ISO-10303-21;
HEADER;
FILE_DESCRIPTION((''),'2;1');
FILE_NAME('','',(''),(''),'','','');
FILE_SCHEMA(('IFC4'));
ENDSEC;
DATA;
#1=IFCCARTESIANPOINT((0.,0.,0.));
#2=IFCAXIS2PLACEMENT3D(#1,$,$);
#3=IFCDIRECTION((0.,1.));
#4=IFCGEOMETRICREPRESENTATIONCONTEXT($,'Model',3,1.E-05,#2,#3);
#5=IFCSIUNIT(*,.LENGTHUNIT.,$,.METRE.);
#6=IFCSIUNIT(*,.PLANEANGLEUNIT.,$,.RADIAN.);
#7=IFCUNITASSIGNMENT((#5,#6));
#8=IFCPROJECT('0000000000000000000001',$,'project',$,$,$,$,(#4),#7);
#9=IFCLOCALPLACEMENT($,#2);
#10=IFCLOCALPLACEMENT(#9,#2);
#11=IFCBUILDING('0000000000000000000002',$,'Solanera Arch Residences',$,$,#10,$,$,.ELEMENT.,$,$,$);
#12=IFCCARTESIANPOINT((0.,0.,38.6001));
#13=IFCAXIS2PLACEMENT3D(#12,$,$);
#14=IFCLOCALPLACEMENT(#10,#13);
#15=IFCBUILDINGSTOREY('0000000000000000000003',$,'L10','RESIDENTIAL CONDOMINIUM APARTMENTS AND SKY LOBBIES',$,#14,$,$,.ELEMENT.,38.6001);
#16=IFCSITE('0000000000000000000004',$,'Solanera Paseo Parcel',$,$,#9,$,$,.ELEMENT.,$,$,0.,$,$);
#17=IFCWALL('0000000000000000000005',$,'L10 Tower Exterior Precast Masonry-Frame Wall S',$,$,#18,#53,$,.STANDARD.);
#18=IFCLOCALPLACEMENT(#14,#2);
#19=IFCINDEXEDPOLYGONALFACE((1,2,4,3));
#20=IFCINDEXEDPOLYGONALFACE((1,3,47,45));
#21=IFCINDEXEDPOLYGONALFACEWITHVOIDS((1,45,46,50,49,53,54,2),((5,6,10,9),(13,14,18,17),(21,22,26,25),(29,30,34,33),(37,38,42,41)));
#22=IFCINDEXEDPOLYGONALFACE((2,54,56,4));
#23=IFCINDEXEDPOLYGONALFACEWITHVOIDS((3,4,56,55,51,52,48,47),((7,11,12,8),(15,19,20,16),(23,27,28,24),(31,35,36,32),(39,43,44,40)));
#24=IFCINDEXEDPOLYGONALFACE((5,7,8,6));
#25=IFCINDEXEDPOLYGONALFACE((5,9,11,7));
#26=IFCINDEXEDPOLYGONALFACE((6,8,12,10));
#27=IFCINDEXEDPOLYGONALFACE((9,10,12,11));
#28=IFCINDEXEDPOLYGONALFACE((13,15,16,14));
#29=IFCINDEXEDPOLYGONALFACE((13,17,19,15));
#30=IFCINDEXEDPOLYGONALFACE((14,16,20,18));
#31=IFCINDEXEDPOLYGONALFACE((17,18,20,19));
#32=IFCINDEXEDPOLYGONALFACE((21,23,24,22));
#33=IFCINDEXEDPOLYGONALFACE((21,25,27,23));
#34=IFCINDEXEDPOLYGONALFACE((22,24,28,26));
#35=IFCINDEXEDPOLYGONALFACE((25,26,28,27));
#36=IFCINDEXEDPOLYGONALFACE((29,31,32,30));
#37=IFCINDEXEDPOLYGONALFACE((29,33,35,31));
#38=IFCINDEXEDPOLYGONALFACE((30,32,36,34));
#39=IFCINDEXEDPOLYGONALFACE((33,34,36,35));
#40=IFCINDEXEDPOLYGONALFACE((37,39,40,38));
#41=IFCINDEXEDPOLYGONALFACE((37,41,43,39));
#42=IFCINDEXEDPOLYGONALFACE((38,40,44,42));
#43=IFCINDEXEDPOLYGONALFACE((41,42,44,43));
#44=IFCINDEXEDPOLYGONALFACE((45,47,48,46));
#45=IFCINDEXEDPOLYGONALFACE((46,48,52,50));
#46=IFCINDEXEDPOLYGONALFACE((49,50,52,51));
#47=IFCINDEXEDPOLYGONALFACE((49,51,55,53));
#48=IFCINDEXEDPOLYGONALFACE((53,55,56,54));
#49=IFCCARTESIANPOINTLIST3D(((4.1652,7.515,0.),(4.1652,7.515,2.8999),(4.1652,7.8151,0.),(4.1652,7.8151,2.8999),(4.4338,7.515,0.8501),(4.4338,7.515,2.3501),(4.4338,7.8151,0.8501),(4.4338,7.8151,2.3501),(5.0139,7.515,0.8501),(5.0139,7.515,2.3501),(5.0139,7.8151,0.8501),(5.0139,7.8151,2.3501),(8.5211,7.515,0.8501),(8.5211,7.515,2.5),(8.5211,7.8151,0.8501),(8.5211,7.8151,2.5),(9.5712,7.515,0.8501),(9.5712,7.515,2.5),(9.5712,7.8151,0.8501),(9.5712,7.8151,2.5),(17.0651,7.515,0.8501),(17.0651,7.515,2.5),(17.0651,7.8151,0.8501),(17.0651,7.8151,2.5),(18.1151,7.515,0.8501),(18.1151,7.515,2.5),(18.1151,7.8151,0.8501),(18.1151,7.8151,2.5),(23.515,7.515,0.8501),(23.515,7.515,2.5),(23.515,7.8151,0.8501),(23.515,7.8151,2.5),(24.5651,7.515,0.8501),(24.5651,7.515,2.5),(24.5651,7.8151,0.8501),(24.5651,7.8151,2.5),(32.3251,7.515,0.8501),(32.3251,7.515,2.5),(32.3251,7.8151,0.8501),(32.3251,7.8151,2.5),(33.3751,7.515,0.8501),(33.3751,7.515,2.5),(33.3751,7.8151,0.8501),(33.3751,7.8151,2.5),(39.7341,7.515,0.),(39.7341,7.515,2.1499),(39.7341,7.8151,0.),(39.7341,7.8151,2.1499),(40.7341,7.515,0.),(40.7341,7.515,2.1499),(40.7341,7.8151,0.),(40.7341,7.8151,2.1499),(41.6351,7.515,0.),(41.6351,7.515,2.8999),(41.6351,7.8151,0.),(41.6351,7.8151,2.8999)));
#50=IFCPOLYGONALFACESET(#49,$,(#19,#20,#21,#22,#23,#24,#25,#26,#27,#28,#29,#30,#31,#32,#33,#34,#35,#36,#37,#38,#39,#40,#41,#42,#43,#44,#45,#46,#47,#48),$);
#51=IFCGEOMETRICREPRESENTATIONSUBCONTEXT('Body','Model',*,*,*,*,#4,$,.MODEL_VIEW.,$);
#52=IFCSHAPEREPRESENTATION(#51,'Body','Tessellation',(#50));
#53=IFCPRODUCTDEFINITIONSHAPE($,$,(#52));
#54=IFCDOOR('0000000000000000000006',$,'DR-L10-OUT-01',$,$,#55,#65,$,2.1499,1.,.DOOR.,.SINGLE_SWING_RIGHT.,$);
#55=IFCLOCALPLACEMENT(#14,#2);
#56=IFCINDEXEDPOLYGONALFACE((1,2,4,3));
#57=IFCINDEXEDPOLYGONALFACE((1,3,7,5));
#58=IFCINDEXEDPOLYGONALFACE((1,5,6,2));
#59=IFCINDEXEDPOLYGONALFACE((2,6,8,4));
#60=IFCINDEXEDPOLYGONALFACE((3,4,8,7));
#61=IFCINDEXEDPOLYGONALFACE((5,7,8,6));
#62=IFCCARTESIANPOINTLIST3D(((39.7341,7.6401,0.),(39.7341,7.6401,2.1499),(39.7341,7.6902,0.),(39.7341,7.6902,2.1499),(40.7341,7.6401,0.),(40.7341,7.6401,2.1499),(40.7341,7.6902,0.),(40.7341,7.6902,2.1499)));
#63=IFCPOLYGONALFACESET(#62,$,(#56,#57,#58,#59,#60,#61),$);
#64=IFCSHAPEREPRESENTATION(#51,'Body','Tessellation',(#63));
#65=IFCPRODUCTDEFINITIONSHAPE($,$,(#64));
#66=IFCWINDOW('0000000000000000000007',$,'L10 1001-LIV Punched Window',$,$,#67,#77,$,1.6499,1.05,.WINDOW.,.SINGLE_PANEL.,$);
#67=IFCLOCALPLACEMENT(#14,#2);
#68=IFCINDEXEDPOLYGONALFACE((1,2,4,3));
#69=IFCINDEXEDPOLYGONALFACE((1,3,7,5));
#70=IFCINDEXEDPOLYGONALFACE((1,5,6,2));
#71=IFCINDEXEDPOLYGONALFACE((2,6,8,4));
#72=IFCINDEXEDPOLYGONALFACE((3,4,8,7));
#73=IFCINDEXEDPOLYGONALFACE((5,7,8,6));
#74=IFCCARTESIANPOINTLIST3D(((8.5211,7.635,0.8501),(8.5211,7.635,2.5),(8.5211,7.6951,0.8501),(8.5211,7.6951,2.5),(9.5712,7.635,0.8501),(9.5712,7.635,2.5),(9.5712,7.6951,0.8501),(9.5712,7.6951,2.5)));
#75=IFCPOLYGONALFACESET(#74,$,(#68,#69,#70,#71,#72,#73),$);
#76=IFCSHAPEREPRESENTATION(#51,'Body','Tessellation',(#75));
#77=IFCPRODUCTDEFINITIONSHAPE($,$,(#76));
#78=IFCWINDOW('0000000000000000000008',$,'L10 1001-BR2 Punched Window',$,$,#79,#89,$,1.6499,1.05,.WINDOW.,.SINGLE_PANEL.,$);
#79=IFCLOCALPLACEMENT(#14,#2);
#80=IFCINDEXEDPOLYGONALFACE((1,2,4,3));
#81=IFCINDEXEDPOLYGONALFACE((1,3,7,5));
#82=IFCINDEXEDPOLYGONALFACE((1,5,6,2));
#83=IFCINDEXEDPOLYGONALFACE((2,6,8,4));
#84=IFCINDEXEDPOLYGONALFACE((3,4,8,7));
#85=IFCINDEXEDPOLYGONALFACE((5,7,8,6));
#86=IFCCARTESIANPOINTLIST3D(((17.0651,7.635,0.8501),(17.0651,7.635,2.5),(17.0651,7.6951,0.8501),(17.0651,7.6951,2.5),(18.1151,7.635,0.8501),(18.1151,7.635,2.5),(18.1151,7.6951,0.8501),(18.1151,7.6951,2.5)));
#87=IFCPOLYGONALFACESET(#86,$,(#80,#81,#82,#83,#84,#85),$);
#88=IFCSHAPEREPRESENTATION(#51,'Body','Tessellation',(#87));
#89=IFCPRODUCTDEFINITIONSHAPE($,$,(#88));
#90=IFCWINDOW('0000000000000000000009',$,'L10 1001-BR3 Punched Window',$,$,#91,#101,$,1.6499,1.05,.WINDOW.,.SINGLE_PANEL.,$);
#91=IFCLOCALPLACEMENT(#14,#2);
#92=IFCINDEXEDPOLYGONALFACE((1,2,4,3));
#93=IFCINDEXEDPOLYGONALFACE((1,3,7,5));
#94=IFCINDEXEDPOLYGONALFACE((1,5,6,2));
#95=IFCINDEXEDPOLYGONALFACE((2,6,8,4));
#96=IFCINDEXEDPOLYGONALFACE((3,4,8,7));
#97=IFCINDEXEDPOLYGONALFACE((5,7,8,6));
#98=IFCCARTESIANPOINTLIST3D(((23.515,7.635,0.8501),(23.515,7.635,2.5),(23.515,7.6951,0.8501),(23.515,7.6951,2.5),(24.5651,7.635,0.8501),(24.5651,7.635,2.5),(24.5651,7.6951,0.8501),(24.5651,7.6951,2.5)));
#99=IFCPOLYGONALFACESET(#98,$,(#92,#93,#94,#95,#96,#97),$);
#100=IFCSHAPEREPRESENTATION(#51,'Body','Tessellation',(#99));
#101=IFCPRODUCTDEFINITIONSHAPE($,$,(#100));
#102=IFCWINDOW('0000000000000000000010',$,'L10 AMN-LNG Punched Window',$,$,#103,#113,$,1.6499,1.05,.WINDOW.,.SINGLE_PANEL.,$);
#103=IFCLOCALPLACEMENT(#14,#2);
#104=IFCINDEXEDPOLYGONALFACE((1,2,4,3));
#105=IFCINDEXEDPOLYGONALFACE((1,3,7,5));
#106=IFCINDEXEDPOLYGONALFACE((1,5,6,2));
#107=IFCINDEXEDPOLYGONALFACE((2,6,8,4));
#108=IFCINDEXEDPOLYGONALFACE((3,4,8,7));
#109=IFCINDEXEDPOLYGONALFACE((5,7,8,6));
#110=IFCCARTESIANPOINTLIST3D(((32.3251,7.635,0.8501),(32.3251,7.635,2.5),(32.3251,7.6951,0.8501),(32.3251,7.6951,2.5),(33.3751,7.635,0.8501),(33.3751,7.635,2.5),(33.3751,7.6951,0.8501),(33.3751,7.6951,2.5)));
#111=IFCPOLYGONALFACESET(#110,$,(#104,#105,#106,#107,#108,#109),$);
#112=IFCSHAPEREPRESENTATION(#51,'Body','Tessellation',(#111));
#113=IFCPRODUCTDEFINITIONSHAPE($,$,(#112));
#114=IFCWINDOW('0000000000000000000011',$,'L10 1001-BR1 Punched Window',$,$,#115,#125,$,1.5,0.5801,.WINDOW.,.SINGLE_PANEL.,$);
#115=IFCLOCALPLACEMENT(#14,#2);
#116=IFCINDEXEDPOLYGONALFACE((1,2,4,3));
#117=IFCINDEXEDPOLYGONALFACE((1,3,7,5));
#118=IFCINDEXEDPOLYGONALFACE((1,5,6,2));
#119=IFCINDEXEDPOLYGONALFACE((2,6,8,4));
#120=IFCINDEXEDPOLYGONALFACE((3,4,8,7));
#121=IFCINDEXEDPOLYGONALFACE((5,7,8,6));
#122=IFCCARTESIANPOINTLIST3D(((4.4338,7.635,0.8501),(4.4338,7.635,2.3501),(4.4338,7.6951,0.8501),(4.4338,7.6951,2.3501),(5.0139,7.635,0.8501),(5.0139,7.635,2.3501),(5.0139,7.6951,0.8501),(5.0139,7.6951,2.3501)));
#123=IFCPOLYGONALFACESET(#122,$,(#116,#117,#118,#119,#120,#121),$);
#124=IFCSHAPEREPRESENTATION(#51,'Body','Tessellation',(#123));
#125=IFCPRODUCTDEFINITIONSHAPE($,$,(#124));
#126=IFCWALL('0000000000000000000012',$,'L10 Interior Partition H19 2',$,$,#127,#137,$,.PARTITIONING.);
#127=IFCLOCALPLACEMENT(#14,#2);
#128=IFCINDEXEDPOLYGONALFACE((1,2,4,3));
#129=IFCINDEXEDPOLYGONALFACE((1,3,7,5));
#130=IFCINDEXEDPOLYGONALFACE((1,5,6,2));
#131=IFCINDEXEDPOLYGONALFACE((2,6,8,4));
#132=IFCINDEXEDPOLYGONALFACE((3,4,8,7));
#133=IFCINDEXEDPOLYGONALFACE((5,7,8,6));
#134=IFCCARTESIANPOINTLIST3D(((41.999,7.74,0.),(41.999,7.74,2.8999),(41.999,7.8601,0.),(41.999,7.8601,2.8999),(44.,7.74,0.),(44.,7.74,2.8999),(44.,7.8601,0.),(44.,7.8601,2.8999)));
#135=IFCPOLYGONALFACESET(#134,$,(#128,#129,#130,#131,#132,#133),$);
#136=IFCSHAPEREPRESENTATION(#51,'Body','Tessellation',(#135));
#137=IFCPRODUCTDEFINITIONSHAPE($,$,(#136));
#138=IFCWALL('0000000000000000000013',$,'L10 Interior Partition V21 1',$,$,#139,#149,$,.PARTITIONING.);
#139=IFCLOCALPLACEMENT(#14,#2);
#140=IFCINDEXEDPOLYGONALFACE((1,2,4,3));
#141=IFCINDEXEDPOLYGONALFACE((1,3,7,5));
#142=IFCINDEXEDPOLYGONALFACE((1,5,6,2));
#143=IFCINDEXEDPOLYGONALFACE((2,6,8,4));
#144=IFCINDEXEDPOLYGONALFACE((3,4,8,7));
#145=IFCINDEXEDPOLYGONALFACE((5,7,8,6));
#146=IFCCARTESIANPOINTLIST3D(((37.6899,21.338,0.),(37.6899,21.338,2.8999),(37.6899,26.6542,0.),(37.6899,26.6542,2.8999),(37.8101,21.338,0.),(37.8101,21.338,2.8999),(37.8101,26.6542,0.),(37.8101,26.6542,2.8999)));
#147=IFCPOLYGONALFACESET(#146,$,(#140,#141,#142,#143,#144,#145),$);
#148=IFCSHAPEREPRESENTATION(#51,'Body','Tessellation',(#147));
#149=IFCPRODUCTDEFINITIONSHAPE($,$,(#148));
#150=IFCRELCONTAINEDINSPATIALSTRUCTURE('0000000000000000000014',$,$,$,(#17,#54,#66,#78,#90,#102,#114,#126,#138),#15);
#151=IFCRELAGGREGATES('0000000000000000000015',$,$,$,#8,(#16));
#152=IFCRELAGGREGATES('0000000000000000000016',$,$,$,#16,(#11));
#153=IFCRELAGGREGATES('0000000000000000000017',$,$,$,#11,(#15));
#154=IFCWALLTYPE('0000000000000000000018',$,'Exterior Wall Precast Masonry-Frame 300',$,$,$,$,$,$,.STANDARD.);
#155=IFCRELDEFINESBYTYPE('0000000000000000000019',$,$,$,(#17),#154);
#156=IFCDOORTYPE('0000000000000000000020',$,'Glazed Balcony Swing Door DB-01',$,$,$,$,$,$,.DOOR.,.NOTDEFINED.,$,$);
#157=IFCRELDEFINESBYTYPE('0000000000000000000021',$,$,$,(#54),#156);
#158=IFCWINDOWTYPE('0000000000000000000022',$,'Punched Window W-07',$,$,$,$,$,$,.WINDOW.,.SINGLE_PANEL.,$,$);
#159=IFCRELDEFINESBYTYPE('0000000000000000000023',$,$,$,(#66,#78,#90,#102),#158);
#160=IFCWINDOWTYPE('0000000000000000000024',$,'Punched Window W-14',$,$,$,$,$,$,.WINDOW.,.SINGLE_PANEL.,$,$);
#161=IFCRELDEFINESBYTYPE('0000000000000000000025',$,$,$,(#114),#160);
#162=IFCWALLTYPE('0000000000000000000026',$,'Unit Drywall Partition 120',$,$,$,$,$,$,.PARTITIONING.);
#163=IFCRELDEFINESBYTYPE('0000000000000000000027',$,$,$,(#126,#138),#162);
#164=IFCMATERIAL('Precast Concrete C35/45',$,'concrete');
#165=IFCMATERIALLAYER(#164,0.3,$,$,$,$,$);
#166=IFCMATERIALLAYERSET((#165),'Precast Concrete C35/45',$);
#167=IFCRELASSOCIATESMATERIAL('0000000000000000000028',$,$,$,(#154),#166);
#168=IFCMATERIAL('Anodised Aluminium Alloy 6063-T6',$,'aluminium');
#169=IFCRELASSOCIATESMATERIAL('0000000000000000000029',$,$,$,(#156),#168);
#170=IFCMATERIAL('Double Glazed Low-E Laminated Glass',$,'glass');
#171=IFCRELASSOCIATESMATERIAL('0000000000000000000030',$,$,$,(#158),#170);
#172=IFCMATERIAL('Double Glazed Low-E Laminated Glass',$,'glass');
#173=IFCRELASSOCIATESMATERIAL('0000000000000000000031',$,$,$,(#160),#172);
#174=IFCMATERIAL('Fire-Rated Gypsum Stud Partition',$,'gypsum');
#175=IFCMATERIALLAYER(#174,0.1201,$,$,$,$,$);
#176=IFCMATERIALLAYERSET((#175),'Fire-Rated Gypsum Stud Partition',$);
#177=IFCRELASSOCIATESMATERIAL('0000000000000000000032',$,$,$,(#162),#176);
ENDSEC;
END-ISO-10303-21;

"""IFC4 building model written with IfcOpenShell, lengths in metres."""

from ifc_helpers import new_model, si_unit, direction, frame, frame_2d, origin, place, context, subcontext, project, spatial, rectangle, extrude, material, layer, layer_set, type_object, element, fill, save


model = new_model("IFC4")

# Units and contexts
model_context = context("Model", 3, precision=1e-05, world=origin(), true_north=direction((0.0, 1.0)))
body_context = subcontext(model_context, "Body", "Model", "MODEL_VIEW")
ifc_project = project(units=[si_unit("LENGTHUNIT", "METRE"), si_unit("PLANEANGLEUNIT", "RADIAN")], contexts=[model_context])

# Site, building, storey
site_placement = place(None, origin())
site = spatial("IfcSite", under=ifc_project, at=site_placement, Name="Solanera Paseo Parcel", CompositionType="ELEMENT", RefElevation=0.0)
building_placement = place(site_placement, origin())
building = spatial("IfcBuilding", under=site, at=building_placement, Name="Solanera Arch Residences", CompositionType="ELEMENT")
storey_placement = place(building_placement, frame((0.0, 0.0, 38.6001)))
storey = spatial("IfcBuildingStorey", under=building, at=storey_placement, Name="L10", Description="RESIDENTIAL CONDOMINIUM APARTMENTS AND SKY LOBBIES", CompositionType="ELEMENT", Elevation=38.6001)

# Shared definitions
ifc_material_1 = material(Name="Precast Concrete C35/45", Category="concrete")
ifc_layer_1 = layer(ifc_material_1, 0.3)
ifc_layer_set_1 = layer_set([ifc_layer_1], Name="Precast Concrete C35/45")
wall_type_1 = type_object("IfcWallType", Name="Exterior Wall Precast Masonry-Frame 300", PredefinedType="STANDARD", material=ifc_layer_set_1)

# Wall, openings, door, windows
wall_1_placement = place(storey_placement, frame((41.635, 7.665, 0.0), z_axis=(0.0, 0.0, 1.0), x_axis=(-1.0, 0.0, 0.0)))
wall_1 = element("IfcWall", 1, at=wall_1_placement, inside=storey, type_object=wall_type_1, Name="L10 Tower Exterior Precast Masonry-Frame Wall S", PredefinedType="STANDARD", context=body_context, shape_type="SweptSolid", body=[
    extrude(rectangle(XDim=37.47, YDim=0.3, at=frame_2d((18.7349, 0.0))), origin(), (0.0, 0.0, 1.0), 2.8999),
])
opening_1_placement = place(wall_1_placement, frame((0.9009, 0.0, 0.0)))
opening_1 = element("IfcOpeningElement", 2, at=opening_1_placement, cuts=wall_1, PredefinedType="OPENING", context=body_context, shape_type="SweptSolid", body=[
    extrude(rectangle(XDim=1.0, YDim=2.1499, at=frame_2d((0.5, 1.075))), frame((0.0, 0.1599, 0.0), z_axis=(0.0, -1.0, 0.0), x_axis=(1.0, 0.0, 0.0)), (0.0, 0.0, 1.0), 0.32),
])
opening_2_placement = place(wall_1_placement, frame((32.064, 0.0, 0.8501)))
opening_2 = element("IfcOpeningElement", 3, at=opening_2_placement, cuts=wall_1, PredefinedType="OPENING", context=body_context, shape_type="SweptSolid", body=[
    extrude(rectangle(XDim=1.05, YDim=1.6499, at=frame_2d((0.5249, 0.825))), frame((0.0, 0.1599, 0.0), z_axis=(0.0, -1.0, 0.0), x_axis=(1.0, 0.0, 0.0)), (0.0, 0.0, 1.0), 0.32),
])
opening_3_placement = place(wall_1_placement, frame((36.6211, 0.0, 0.8501)))
opening_3 = element("IfcOpeningElement", 4, at=opening_3_placement, cuts=wall_1, PredefinedType="OPENING", context=body_context, shape_type="SweptSolid", body=[
    extrude(rectangle(XDim=0.5801, YDim=1.5, at=frame_2d((0.29, 0.75))), frame((0.0, 0.1599, 0.0), z_axis=(0.0, -1.0, 0.0), x_axis=(1.0, 0.0, 0.0)), (0.0, 0.0, 1.0), 0.32),
])
opening_4_placement = place(wall_1_placement, frame((23.52, 0.0, 0.8501)))
opening_4 = element("IfcOpeningElement", 5, at=opening_4_placement, cuts=wall_1, PredefinedType="OPENING", context=body_context, shape_type="SweptSolid", body=[
    extrude(rectangle(XDim=1.05, YDim=1.6499, at=frame_2d((0.5249, 0.825))), frame((0.0, 0.1599, 0.0), z_axis=(0.0, -1.0, 0.0), x_axis=(1.0, 0.0, 0.0)), (0.0, 0.0, 1.0), 0.32),
])
opening_5_placement = place(wall_1_placement, frame((17.0701, 0.0, 0.8501)))
opening_5 = element("IfcOpeningElement", 6, at=opening_5_placement, cuts=wall_1, PredefinedType="OPENING", context=body_context, shape_type="SweptSolid", body=[
    extrude(rectangle(XDim=1.05, YDim=1.6499, at=frame_2d((0.5249, 0.825))), frame((0.0, 0.1599, 0.0), z_axis=(0.0, -1.0, 0.0), x_axis=(1.0, 0.0, 0.0)), (0.0, 0.0, 1.0), 0.32),
])
opening_6_placement = place(wall_1_placement, frame((8.26, 0.0, 0.8501)))
opening_6 = element("IfcOpeningElement", 7, at=opening_6_placement, cuts=wall_1, PredefinedType="OPENING", context=body_context, shape_type="SweptSolid", body=[
    extrude(rectangle(XDim=1.05, YDim=1.6499, at=frame_2d((0.5249, 0.825))), frame((0.0, 0.1599, 0.0), z_axis=(0.0, -1.0, 0.0), x_axis=(1.0, 0.0, 0.0)), (0.0, 0.0, 1.0), 0.32),
])
ifc_material_2 = material(Name="Anodised Aluminium Alloy 6063-T6", Category="aluminium")
door_type = type_object("IfcDoorType", Name="Glazed Balcony Swing Door DB-01", OperationType="NOTDEFINED", PredefinedType="DOOR", material=ifc_material_2)
door_placement = place(opening_1_placement, origin())
door = element("IfcDoor", 8, at=door_placement, inside=storey, type_object=door_type, Name="DR-L10-OUT-01", OperationType="SINGLE_SWING_RIGHT", OverallHeight=2.1499, OverallWidth=1.0, PredefinedType="DOOR", context=body_context, shape_type="SweptSolid", body=[
    extrude(rectangle(XDim=1.0, YDim=2.1499, at=frame_2d((0.5, 1.075))), frame((0.0, 0.0249, 0.0), z_axis=(0.0, -1.0, 0.0), x_axis=(1.0, 0.0, 0.0)), (0.0, 0.0, 1.0), 0.05),
])
fill(opening_1, door)
ifc_material_3 = material(Name="Double Glazed Low-E Laminated Glass", Category="glass")
window_type_1 = type_object("IfcWindowType", Name="Punched Window W-07", PartitioningType="SINGLE_PANEL", PredefinedType="WINDOW", material=ifc_material_3)
window_1_placement = place(opening_2_placement, origin())
window_1 = element("IfcWindow", 9, at=window_1_placement, inside=storey, type_object=window_type_1, Name="L10 1001-LIV Punched Window", OverallHeight=1.6499, OverallWidth=1.05, PartitioningType="SINGLE_PANEL", PredefinedType="WINDOW", context=body_context, shape_type="SweptSolid", body=[
    extrude(rectangle(XDim=1.05, YDim=1.6499, at=frame_2d((0.5249, 0.825))), frame((0.0, 0.03, 0.0), z_axis=(0.0, -1.0, 0.0), x_axis=(1.0, 0.0, 0.0)), (0.0, 0.0, 1.0), 0.0601),
])
fill(opening_2, window_1)
window_2_placement = place(opening_4_placement, origin())
window_2 = element("IfcWindow", 10, at=window_2_placement, inside=storey, type_object=window_type_1, Name="L10 1001-BR2 Punched Window", OverallHeight=1.6499, OverallWidth=1.05, PartitioningType="SINGLE_PANEL", PredefinedType="WINDOW", context=body_context, shape_type="SweptSolid", body=[
    extrude(rectangle(XDim=1.05, YDim=1.6499, at=frame_2d((0.5249, 0.825))), frame((0.0, 0.03, 0.0), z_axis=(0.0, -1.0, 0.0), x_axis=(1.0, 0.0, 0.0)), (0.0, 0.0, 1.0), 0.0601),
])
fill(opening_4, window_2)
window_3_placement = place(opening_5_placement, origin())
window_3 = element("IfcWindow", 11, at=window_3_placement, inside=storey, type_object=window_type_1, Name="L10 1001-BR3 Punched Window", OverallHeight=1.6499, OverallWidth=1.05, PartitioningType="SINGLE_PANEL", PredefinedType="WINDOW", context=body_context, shape_type="SweptSolid", body=[
    extrude(rectangle(XDim=1.05, YDim=1.6499, at=frame_2d((0.5249, 0.825))), frame((0.0, 0.03, 0.0), z_axis=(0.0, -1.0, 0.0), x_axis=(1.0, 0.0, 0.0)), (0.0, 0.0, 1.0), 0.0601),
])
fill(opening_5, window_3)
window_4_placement = place(opening_6_placement, origin())
window_4 = element("IfcWindow", 12, at=window_4_placement, inside=storey, type_object=window_type_1, Name="L10 AMN-LNG Punched Window", OverallHeight=1.6499, OverallWidth=1.05, PartitioningType="SINGLE_PANEL", PredefinedType="WINDOW", context=body_context, shape_type="SweptSolid", body=[
    extrude(rectangle(XDim=1.05, YDim=1.6499, at=frame_2d((0.5249, 0.825))), frame((0.0, 0.03, 0.0), z_axis=(0.0, -1.0, 0.0), x_axis=(1.0, 0.0, 0.0)), (0.0, 0.0, 1.0), 0.0601),
])
fill(opening_6, window_4)
ifc_material_4 = material(Name="Double Glazed Low-E Laminated Glass", Category="glass")
window_type_2 = type_object("IfcWindowType", Name="Punched Window W-14", PartitioningType="SINGLE_PANEL", PredefinedType="WINDOW", material=ifc_material_4)
window_5_placement = place(opening_3_placement, origin())
window_5 = element("IfcWindow", 13, at=window_5_placement, inside=storey, type_object=window_type_2, Name="L10 1001-BR1 Punched Window", OverallHeight=1.5, OverallWidth=0.5801, PartitioningType="SINGLE_PANEL", PredefinedType="WINDOW", context=body_context, shape_type="SweptSolid", body=[
    extrude(rectangle(XDim=0.5801, YDim=1.5, at=frame_2d((0.29, 0.75))), frame((0.0, 0.03, 0.0), z_axis=(0.0, -1.0, 0.0), x_axis=(1.0, 0.0, 0.0)), (0.0, 0.0, 1.0), 0.0601),
])
fill(opening_3, window_5)

# Walls
ifc_material_5 = material(Name="Fire-Rated Gypsum Stud Partition", Category="gypsum")
ifc_layer_2 = layer(ifc_material_5, 0.1201)
ifc_layer_set_2 = layer_set([ifc_layer_2], Name="Fire-Rated Gypsum Stud Partition")
wall_type_2 = type_object("IfcWallType", Name="Unit Drywall Partition 120", PredefinedType="PARTITIONING", material=ifc_layer_set_2)
wall_2_placement = place(storey_placement, frame((41.999, 7.8, 0.0), z_axis=(0.0, 0.0, 1.0), x_axis=(1.0, 0.0, 0.0)))
element("IfcWall", 14, at=wall_2_placement, inside=storey, type_object=wall_type_2, Name="L10 Interior Partition H19 2", PredefinedType="PARTITIONING", context=body_context, shape_type="SweptSolid", body=[
    extrude(rectangle(XDim=2.001, YDim=0.1201, at=frame_2d((1.0005, 0.0))), origin(), (0.0, 0.0, 1.0), 2.8999),
])
wall_3_placement = place(storey_placement, frame((37.75, 21.3379, 0.0), z_axis=(0.0, 0.0, 1.0), x_axis=(0.0, 1.0, 0.0)))
element("IfcWall", 15, at=wall_3_placement, inside=storey, type_object=wall_type_2, Name="L10 Interior Partition V21 1", PredefinedType="PARTITIONING", context=body_context, shape_type="SweptSolid", body=[
    extrude(rectangle(XDim=5.3162, YDim=0.1201, at=frame_2d((2.6582, 0.0))), origin(), (0.0, 0.0, 1.0), 2.8999),
])

save(model, "model.ifc")
